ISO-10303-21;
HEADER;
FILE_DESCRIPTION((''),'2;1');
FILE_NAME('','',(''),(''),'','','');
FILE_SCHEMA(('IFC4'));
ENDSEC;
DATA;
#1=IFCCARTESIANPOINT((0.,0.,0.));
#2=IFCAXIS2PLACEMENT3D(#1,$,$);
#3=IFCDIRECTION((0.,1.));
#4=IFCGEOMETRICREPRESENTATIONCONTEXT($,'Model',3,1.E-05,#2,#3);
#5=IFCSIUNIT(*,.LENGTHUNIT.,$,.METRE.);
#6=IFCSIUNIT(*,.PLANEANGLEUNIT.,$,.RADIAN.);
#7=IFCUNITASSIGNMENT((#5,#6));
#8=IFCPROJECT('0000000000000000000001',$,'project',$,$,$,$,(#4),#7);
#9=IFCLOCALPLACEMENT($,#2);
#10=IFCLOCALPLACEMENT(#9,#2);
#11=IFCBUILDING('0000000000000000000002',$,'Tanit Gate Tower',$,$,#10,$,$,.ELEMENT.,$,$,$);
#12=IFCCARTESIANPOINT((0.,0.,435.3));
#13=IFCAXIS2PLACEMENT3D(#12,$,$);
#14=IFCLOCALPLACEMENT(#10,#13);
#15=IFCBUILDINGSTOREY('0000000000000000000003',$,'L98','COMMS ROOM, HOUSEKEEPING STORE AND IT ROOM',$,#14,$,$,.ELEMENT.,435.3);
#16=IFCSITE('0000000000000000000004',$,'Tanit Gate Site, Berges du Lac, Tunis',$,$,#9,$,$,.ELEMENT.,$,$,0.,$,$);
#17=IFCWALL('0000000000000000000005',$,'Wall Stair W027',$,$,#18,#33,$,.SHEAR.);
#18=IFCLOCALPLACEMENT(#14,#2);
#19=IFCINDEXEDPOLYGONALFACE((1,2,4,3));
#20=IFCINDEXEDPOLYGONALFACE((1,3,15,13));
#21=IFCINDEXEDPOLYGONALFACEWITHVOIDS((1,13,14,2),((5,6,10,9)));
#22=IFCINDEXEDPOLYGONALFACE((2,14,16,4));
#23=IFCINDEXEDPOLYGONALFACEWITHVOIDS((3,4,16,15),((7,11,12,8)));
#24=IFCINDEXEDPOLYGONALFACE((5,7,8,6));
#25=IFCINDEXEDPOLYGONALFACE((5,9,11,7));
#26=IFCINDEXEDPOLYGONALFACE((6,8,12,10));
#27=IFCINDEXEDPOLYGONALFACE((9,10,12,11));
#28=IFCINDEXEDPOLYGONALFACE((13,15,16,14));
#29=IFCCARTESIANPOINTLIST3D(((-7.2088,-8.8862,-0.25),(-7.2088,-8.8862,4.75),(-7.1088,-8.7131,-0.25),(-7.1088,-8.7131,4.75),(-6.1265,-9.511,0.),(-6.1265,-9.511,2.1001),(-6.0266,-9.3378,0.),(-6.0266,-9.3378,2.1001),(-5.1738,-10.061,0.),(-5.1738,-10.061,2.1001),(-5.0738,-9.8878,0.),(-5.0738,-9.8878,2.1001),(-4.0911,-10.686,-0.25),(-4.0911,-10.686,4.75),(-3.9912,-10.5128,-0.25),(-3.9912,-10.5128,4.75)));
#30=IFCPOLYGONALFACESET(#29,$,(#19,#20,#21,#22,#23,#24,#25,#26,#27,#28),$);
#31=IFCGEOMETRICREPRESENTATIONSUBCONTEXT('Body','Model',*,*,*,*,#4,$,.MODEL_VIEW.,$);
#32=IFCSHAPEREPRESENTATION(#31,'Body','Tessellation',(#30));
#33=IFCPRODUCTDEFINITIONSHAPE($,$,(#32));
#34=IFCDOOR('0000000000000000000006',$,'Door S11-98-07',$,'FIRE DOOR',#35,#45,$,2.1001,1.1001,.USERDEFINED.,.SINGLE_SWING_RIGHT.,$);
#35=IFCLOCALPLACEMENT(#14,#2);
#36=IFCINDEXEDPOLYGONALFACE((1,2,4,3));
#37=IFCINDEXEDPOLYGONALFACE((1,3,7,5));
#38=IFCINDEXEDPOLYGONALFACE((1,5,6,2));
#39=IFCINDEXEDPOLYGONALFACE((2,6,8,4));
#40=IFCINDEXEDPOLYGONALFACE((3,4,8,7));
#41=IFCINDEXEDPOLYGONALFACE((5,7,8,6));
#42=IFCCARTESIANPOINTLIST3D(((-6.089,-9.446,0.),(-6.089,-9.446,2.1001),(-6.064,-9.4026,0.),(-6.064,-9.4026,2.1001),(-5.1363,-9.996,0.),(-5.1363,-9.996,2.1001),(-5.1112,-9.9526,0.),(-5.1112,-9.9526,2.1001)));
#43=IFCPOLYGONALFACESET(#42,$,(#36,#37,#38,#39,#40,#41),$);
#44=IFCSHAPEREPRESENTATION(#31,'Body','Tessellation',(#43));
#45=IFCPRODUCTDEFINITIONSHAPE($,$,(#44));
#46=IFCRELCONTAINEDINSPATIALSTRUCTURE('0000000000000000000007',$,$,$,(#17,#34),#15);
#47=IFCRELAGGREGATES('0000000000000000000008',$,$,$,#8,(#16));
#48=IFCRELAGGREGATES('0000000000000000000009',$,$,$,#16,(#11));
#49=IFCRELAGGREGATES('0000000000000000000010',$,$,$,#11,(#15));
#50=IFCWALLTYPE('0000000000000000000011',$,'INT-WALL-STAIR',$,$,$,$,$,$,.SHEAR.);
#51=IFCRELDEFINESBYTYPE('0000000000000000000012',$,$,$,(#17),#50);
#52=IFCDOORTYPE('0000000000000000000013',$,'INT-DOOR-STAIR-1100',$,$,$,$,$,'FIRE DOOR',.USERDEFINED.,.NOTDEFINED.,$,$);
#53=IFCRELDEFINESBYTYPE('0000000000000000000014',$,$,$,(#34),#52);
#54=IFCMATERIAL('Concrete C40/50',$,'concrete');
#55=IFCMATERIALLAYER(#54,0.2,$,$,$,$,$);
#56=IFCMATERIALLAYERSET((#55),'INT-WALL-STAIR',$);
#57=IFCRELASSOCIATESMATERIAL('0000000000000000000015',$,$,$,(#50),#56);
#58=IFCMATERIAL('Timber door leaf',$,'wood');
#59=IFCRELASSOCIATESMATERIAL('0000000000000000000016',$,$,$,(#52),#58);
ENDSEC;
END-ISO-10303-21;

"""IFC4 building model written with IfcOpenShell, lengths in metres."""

from ifc_helpers import new_model, si_unit, direction, frame, frame_2d, origin, place, context, subcontext, project, spatial, rectangle, extrude, material, layer, layer_set, type_object, element, fill, save


model = new_model("IFC4")

# Units and contexts
model_context = context("Model", 3, precision=1e-05, world=origin(), true_north=direction((0.0, 1.0)))
body_context = subcontext(model_context, "Body", "Model", "MODEL_VIEW")
ifc_project = project(units=[si_unit("LENGTHUNIT", "METRE"), si_unit("PLANEANGLEUNIT", "RADIAN")], contexts=[model_context])

# Site, building, storey
site_placement = place(None, origin())
site = spatial("IfcSite", under=ifc_project, at=site_placement, Name="Tanit Gate Site, Berges du Lac, Tunis", CompositionType="ELEMENT", RefElevation=0.0)
building_placement = place(site_placement, origin())
building = spatial("IfcBuilding", under=site, at=building_placement, Name="Tanit Gate Tower", CompositionType="ELEMENT")
storey_placement = place(building_placement, frame((0.0, 0.0, 435.3)))
storey = spatial("IfcBuildingStorey", under=building, at=storey_placement, Name="L98", Description="COMMS ROOM, HOUSEKEEPING STORE AND IT ROOM", CompositionType="ELEMENT", Elevation=435.3)

# Shared definitions
ifc_material_1 = material(Name="Concrete C40/50", Category="concrete")
ifc_layer_1 = layer(ifc_material_1, 0.2)
ifc_layer_set_1 = layer_set([ifc_layer_1], Name="INT-WALL-STAIR")
wall_type_1 = type_object("IfcWallType", Name="INT-WALL-STAIR", PredefinedType="SHEAR", material=ifc_layer_set_1)

# Wall, opening, door
wall_1_placement = place(storey_placement, frame((-4.0413, -10.5994, -0.25), z_axis=(0.0, 0.0, 1.0), x_axis=(-0.866048, 0.499961, 0.0)))
wall_1 = element("IfcWall", 1, at=wall_1_placement, inside=storey, type_object=wall_type_1, Name="Wall Stair W027", PredefinedType="SHEAR", context=body_context, shape_type="SweptSolid", body=[
    extrude(rectangle(XDim=3.5999, YDim=0.2, at=frame_2d((1.7998, 0.0))), origin(), (0.0, 0.0, 1.0), 5.0),
])
opening_1_placement = place(wall_1_placement, frame((1.25, 0.0, 0.25)))
opening_1 = element("IfcOpeningElement", 2, at=opening_1_placement, cuts=wall_1, PredefinedType="OPENING", context=body_context, shape_type="SweptSolid", body=[
    extrude(rectangle(XDim=1.1001, YDim=2.1001, at=frame_2d((0.55, 1.05))), frame((0.0, 0.1099, 0.0), z_axis=(0.0, -1.0, 0.0), x_axis=(1.0, 0.0, 0.0)), (0.0, 0.0, 1.0), 0.22),
])
ifc_material_2 = material(Name="Timber door leaf", Category="wood")
door_type_1 = type_object("IfcDoorType", Name="INT-DOOR-STAIR-1100", ElementType="FIRE DOOR", OperationType="NOTDEFINED", PredefinedType="USERDEFINED", material=ifc_material_2)
door_1_placement = place(opening_1_placement, origin())
door_1 = element("IfcDoor", 3, at=door_1_placement, inside=storey, type_object=door_type_1, Name="Door S11-98-07", ObjectType="FIRE DOOR", OperationType="SINGLE_SWING_RIGHT", OverallHeight=2.1001, OverallWidth=1.1001, PredefinedType="USERDEFINED", context=body_context, shape_type="SweptSolid", body=[
    extrude(rectangle(XDim=1.1001, YDim=2.1001, at=frame_2d((0.55, 1.05))), frame((0.0, 0.0249, 0.0), z_axis=(0.0, -1.0, 0.0), x_axis=(1.0, 0.0, 0.0)), (0.0, 0.0, 1.0), 0.05),
])
fill(opening_1, door_1)

save(model, "model.ifc")
